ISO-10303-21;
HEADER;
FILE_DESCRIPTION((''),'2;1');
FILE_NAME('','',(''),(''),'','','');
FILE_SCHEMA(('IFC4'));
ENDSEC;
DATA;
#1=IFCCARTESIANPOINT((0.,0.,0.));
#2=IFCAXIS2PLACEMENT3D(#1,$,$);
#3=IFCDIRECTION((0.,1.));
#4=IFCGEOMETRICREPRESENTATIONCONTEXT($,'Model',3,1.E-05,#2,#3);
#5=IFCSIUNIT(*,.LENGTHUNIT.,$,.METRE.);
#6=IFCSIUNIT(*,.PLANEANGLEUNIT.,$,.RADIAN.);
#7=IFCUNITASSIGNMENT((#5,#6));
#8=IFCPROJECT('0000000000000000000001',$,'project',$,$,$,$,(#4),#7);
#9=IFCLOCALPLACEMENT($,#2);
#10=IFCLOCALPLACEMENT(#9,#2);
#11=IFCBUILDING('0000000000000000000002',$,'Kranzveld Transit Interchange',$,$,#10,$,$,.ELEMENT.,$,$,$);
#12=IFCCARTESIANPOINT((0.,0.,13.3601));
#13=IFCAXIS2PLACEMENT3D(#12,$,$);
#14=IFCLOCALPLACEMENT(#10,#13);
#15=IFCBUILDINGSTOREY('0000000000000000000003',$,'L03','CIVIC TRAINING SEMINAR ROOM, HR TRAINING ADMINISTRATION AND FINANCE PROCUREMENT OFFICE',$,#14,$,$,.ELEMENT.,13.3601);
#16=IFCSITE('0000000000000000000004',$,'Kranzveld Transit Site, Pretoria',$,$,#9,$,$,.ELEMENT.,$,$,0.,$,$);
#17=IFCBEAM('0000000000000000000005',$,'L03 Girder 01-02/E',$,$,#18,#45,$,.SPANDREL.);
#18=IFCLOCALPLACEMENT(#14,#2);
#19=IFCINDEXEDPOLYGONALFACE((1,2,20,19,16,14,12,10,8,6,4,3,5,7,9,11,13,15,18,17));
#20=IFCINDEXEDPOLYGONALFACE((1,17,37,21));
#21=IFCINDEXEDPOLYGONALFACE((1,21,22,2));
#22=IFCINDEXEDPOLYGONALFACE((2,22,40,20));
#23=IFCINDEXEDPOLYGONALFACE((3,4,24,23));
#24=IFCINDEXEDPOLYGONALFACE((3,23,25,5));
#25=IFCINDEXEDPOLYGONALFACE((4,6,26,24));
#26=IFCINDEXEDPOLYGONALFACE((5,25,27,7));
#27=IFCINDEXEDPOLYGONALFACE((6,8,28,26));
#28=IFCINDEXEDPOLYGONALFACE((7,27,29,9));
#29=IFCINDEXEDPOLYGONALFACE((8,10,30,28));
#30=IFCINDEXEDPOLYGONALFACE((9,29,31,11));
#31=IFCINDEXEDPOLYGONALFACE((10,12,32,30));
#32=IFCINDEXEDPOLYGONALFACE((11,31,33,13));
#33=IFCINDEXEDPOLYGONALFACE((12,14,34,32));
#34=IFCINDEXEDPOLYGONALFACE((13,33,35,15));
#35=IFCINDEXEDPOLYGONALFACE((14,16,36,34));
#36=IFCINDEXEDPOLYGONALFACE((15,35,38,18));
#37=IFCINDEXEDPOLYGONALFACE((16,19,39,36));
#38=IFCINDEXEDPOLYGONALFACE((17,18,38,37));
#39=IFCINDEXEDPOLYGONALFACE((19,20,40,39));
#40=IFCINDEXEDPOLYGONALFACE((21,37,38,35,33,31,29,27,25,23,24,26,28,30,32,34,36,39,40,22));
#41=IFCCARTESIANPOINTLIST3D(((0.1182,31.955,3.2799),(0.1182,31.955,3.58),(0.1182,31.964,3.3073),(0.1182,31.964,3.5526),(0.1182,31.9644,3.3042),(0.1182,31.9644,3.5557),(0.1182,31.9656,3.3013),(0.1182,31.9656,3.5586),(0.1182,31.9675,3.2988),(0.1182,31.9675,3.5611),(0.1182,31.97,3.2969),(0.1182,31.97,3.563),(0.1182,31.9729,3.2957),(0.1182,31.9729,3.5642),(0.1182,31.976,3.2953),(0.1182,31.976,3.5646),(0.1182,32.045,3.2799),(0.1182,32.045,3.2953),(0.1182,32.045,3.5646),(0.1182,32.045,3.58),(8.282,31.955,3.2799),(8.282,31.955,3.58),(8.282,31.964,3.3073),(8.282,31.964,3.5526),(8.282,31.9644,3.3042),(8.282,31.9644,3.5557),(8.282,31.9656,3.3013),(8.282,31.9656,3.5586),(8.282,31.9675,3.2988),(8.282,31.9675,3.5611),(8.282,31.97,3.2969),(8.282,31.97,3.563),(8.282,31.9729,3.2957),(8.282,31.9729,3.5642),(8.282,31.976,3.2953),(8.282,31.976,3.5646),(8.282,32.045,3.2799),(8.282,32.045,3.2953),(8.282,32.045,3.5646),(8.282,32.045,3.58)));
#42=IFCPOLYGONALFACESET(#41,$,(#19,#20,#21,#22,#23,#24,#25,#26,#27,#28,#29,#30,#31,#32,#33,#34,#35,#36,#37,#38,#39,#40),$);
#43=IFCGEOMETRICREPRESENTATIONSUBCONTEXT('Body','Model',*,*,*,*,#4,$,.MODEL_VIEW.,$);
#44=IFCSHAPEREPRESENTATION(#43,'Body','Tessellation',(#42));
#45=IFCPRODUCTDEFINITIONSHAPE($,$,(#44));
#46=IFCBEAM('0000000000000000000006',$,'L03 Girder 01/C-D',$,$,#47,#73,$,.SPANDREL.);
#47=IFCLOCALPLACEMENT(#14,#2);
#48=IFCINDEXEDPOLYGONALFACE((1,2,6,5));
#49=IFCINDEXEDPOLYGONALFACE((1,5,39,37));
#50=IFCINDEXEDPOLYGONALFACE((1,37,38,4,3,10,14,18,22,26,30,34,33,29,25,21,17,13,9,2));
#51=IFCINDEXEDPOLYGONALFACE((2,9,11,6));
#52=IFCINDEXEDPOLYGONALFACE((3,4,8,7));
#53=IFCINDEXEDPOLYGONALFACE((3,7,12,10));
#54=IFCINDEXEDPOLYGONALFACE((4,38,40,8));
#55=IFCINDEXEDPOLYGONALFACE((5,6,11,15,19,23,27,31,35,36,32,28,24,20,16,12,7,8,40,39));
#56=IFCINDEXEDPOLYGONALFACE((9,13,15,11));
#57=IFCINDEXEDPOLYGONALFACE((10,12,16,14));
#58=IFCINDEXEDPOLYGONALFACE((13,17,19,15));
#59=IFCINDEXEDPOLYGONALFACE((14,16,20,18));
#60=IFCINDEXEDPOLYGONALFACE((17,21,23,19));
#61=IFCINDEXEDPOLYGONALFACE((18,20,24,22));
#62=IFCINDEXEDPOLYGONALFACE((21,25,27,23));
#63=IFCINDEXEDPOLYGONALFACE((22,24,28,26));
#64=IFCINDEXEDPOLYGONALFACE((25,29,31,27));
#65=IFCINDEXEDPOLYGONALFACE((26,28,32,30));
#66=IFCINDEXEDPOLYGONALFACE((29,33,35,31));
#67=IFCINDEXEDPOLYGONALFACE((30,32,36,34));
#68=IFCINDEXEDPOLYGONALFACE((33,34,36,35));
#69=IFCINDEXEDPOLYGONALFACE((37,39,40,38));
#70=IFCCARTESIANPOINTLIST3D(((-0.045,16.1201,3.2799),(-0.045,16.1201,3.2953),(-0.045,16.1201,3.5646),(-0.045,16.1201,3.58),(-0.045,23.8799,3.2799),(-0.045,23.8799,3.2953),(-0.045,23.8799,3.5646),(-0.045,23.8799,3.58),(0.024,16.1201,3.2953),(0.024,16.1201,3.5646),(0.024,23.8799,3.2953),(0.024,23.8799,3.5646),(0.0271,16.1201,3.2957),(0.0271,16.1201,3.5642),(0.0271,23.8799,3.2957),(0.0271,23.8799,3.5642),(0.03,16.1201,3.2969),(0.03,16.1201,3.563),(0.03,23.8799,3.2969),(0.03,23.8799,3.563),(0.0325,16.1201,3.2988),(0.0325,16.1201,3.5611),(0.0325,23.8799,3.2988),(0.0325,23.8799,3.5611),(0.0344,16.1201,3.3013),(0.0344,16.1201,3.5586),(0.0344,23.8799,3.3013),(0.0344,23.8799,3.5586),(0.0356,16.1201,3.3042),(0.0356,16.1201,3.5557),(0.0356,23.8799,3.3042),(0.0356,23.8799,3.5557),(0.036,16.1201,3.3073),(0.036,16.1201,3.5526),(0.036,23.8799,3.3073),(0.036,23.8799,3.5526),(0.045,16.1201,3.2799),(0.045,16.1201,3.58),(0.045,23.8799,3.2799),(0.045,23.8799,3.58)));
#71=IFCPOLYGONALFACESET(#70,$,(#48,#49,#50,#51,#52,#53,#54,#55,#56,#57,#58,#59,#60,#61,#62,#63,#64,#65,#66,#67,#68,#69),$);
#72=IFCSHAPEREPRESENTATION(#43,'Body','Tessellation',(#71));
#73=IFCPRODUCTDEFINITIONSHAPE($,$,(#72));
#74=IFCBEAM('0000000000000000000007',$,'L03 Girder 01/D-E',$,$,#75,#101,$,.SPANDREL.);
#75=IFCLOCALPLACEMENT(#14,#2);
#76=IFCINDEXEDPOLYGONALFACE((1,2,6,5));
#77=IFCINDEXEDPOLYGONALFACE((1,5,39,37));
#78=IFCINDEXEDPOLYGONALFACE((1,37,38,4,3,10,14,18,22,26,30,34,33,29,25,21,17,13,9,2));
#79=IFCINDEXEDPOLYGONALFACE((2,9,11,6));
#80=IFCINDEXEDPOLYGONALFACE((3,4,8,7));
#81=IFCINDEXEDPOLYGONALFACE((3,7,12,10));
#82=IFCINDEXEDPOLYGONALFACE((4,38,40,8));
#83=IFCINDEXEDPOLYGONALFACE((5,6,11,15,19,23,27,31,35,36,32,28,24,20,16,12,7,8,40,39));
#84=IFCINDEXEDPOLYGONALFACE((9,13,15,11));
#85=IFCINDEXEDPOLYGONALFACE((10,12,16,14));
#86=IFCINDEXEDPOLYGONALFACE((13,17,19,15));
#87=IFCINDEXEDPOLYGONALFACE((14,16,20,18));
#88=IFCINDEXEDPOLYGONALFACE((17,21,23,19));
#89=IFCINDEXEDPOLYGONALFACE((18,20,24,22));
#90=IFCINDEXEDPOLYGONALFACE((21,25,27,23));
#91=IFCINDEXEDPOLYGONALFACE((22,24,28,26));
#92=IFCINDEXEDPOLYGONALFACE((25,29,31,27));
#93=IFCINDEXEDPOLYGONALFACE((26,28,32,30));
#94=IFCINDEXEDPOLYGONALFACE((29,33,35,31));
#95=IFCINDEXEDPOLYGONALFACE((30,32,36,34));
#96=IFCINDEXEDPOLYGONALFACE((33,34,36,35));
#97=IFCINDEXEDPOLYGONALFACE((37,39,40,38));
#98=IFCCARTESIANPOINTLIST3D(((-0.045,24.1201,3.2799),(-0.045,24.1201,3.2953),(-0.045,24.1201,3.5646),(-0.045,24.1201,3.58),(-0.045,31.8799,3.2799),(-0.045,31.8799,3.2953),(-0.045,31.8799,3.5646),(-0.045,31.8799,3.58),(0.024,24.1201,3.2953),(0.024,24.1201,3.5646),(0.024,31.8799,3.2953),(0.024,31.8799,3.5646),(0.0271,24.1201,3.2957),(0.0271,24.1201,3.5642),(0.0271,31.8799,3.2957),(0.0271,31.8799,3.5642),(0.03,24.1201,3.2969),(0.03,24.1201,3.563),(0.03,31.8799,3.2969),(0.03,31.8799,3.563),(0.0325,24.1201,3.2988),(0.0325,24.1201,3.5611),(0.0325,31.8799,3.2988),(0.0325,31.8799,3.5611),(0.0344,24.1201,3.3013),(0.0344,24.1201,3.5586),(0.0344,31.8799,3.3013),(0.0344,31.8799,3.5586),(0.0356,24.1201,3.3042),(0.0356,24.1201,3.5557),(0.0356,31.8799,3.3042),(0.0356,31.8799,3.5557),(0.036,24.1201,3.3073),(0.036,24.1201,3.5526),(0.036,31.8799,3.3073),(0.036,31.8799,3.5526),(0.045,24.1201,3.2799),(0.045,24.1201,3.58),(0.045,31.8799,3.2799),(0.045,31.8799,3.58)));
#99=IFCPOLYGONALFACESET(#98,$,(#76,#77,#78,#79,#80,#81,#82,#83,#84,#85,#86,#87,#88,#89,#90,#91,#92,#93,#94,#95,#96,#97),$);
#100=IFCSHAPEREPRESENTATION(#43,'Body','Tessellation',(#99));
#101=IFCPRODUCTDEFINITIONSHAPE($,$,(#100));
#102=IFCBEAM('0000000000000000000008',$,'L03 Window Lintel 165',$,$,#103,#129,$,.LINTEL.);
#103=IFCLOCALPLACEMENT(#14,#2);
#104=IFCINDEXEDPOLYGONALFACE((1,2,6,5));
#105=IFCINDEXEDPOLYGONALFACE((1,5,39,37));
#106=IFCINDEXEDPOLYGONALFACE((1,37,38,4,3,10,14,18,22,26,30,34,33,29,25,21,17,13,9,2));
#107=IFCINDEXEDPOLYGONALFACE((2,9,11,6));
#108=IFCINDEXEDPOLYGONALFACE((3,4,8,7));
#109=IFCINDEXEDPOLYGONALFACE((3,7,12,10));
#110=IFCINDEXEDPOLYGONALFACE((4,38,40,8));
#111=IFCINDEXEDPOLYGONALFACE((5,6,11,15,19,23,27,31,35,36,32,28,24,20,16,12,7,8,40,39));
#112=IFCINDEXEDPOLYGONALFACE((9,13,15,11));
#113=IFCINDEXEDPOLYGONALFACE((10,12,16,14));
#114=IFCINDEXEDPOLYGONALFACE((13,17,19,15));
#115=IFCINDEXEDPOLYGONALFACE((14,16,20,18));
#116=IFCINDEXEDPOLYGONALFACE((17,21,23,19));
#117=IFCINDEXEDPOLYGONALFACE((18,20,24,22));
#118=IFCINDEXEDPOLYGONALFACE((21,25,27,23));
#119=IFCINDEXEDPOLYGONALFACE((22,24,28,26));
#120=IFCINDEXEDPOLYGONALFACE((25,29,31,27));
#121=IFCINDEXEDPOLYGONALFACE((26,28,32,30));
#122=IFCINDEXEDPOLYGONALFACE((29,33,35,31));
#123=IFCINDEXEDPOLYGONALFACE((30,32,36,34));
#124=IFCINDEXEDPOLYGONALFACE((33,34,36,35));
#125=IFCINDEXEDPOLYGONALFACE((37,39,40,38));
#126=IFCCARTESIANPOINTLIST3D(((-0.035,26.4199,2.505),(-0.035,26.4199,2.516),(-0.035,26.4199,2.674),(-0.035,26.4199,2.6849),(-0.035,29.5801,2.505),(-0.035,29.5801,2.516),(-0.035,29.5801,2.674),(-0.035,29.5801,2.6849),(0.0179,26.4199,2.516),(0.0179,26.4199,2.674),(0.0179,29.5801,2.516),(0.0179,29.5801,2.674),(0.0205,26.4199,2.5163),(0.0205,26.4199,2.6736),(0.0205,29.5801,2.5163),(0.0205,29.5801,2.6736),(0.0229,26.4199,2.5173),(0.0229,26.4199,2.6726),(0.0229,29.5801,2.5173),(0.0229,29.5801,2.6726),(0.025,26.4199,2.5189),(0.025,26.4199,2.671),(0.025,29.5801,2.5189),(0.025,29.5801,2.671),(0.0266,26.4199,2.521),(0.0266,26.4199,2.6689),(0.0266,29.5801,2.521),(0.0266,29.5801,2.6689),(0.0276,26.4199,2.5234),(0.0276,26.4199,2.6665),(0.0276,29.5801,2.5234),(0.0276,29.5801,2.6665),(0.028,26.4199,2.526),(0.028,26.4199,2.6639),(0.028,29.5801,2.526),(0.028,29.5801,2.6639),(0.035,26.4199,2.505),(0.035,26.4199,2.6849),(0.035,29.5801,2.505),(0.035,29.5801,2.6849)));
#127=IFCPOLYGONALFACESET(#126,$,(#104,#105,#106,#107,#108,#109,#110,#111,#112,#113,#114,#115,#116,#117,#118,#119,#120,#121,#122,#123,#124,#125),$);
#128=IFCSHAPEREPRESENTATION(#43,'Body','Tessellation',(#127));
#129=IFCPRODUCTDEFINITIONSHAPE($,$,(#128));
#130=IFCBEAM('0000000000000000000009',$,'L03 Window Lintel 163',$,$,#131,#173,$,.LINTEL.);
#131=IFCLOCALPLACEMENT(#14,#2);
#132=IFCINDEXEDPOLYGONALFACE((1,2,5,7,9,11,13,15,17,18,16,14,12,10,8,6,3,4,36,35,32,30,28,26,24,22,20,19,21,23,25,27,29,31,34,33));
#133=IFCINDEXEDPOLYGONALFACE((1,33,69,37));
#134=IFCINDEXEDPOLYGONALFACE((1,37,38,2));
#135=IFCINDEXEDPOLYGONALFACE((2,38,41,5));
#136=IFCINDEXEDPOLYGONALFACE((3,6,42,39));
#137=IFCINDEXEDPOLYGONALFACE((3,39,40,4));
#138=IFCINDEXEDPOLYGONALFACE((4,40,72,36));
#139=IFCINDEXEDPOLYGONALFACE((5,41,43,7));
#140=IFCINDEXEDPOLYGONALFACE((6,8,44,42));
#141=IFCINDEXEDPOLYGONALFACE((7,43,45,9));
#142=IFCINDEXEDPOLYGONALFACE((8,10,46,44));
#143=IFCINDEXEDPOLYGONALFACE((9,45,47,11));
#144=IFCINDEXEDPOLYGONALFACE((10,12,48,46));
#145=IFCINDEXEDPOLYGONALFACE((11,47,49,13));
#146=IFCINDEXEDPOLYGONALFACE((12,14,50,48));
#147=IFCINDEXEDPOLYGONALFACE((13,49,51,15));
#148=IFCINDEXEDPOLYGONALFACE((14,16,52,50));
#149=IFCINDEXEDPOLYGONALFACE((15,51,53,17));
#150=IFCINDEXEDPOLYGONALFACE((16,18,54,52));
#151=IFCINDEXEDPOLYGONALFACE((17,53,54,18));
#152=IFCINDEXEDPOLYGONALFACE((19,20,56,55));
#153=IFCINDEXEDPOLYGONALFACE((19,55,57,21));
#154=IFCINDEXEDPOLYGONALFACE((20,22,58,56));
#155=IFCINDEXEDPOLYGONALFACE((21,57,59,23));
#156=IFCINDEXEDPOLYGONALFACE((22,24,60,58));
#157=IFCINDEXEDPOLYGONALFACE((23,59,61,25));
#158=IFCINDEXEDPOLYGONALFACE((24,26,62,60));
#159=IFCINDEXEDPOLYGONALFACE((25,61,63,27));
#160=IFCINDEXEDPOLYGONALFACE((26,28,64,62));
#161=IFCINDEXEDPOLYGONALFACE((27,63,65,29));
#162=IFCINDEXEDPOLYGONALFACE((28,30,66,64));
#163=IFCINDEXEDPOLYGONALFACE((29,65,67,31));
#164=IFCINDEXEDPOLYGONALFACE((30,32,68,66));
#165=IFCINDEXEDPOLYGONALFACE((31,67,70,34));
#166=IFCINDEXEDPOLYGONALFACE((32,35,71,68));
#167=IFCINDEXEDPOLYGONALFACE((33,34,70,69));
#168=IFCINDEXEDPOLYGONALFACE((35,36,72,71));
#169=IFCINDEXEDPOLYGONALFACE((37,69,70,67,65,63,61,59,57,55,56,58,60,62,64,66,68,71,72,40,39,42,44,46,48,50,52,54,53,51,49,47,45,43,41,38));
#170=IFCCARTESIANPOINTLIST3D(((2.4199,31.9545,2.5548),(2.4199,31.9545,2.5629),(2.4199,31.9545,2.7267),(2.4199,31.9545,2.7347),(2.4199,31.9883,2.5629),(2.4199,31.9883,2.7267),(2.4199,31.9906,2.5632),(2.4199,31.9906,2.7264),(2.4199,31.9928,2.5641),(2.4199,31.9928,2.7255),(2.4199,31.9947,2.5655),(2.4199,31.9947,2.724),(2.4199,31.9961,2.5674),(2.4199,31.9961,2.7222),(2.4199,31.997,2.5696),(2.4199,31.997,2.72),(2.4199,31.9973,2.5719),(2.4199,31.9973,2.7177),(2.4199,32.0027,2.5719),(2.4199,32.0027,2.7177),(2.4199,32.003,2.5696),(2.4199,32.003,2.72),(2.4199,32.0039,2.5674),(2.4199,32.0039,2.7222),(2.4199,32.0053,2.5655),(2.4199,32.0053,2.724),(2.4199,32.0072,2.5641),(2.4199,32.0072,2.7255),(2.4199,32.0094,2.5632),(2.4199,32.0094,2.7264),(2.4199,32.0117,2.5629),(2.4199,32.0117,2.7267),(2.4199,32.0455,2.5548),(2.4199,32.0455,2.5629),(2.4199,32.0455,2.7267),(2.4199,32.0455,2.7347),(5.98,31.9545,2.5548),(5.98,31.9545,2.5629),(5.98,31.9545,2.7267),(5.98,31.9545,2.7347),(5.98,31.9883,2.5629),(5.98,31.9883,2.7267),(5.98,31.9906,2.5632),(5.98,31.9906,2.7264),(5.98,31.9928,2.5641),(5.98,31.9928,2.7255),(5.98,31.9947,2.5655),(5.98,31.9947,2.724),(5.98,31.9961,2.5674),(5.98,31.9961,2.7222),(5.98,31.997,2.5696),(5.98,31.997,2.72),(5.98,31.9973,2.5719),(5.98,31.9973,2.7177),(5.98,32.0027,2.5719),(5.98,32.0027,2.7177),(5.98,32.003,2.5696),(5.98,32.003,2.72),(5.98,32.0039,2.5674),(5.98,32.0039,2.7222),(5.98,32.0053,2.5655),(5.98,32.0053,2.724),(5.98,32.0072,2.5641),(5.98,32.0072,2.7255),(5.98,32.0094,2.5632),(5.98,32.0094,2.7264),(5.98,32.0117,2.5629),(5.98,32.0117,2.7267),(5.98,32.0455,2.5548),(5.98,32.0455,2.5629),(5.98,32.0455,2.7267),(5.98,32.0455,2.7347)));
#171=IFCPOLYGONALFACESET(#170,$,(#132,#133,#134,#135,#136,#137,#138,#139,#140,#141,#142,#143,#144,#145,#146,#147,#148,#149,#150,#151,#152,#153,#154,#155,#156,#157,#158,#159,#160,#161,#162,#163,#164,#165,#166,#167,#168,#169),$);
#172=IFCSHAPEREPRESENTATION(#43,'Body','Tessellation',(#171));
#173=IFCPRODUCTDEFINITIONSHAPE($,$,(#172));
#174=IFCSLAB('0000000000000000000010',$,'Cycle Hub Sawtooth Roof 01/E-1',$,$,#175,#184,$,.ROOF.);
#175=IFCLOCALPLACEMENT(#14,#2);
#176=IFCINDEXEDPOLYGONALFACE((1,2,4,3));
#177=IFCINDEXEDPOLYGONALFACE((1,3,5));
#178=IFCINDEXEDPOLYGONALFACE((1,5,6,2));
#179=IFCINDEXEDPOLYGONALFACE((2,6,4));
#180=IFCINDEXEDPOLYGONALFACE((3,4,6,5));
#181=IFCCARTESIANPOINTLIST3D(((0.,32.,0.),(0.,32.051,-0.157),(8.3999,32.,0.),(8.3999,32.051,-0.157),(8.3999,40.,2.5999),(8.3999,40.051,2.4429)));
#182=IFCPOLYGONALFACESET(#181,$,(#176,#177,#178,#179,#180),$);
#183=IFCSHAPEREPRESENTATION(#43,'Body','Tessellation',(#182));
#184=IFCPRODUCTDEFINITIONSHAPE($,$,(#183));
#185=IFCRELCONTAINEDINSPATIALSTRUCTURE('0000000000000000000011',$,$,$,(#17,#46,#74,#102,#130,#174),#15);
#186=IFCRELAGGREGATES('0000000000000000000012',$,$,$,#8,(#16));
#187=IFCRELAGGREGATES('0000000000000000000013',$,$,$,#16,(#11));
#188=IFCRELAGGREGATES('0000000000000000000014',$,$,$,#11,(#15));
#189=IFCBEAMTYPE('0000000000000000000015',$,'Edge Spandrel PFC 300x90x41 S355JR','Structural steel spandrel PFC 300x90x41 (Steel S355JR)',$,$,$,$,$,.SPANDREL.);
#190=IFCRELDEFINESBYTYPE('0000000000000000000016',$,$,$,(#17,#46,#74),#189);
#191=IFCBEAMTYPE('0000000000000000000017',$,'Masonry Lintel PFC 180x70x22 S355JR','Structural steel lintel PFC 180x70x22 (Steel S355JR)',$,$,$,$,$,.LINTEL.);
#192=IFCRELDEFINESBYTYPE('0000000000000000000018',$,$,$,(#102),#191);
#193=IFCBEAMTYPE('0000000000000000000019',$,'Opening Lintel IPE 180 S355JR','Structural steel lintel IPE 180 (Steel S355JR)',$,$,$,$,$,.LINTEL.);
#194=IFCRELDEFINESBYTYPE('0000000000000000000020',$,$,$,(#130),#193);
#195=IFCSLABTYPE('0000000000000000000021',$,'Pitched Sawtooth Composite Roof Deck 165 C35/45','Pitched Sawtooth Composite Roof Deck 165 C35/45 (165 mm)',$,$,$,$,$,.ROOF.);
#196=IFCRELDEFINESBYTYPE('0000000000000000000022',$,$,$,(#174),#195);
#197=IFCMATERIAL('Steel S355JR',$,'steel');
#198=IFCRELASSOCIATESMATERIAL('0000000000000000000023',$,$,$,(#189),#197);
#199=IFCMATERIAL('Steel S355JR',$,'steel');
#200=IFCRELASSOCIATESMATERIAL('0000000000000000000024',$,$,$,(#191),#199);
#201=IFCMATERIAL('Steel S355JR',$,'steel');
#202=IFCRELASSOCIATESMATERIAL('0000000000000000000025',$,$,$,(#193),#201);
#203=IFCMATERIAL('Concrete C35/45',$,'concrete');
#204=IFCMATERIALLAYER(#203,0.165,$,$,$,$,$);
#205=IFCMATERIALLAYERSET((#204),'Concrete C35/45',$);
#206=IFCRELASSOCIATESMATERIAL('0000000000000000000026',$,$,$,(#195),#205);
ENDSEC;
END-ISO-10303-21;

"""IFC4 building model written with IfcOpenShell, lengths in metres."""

from ifc_helpers import new_model, si_unit, direction, frame, origin, origin_2d, place, context, subcontext, project, spatial, polyline, i_section, u_section, outline, extrude, material, layer, layer_set, material_profile, profile_set, type_object, element, save


model = new_model("IFC4")

# Units and contexts
model_context = context("Model", 3, precision=1e-05, world=origin(), true_north=direction((0.0, 1.0)))
body_context = subcontext(model_context, "Body", "Model", "MODEL_VIEW")
ifc_project = project(units=[si_unit("LENGTHUNIT", "METRE"), si_unit("PLANEANGLEUNIT", "RADIAN")], contexts=[model_context])

# Site, building, storey
site_placement = place(None, origin())
site = spatial("IfcSite", under=ifc_project, at=site_placement, Name="Kranzveld Transit Site, Pretoria", CompositionType="ELEMENT", RefElevation=0.0)
building_placement = place(site_placement, origin())
building = spatial("IfcBuilding", under=site, at=building_placement, Name="Kranzveld Transit Interchange", CompositionType="ELEMENT")
storey_placement = place(building_placement, frame((0.0, 0.0, 13.3601)))
storey = spatial("IfcBuildingStorey", under=building, at=storey_placement, Name="L03", Description="CIVIC TRAINING SEMINAR ROOM, HR TRAINING ADMINISTRATION AND FINANCE PROCUREMENT OFFICE", CompositionType="ELEMENT", Elevation=13.3601)

# Beams
ifc_material_1 = material(Name="Steel S355JR", Category="steel")
ifc_material_profile_1 = material_profile(ifc_material_1, u_section(Depth=0.3, FlangeWidth=0.0901, WebThickness=0.009, FlangeThickness=0.0154, FilletRadius=0.012, at=origin_2d()), Name="PFC 300x90x41")
ifc_profile_set_1 = profile_set([ifc_material_profile_1], Name="Steel S355JR")
beam_type_1 = type_object("IfcBeamType", Name="Edge Spandrel PFC 300x90x41 S355JR", Description="Structural steel spandrel PFC 300x90x41 (Steel S355JR)", PredefinedType="SPANDREL", material=ifc_profile_set_1)
beam_1_placement = place(storey_placement, frame((0.1182, 32.0, 3.4299), z_axis=(1.0, 0.0, 0.0), x_axis=(0.0, 1.0, 0.0)))
element("IfcBeam", 1, at=beam_1_placement, inside=storey, type_object=beam_type_1, Name="L03 Girder 01-02/E", PredefinedType="SPANDREL", context=body_context, shape_type="SweptSolid", body=[
    extrude(u_section(Depth=0.3, FlangeWidth=0.0901, WebThickness=0.009, FlangeThickness=0.0154, FilletRadius=0.012, at=origin_2d()), origin(), (0.0, 0.0, 1.0), 8.1638),
])
for number, where, z_axis, x_axis, name in (
    (2, (0.0, 16.1201, 3.4299), (0.0, 1.0, 0.0), (-1.0, 0.0, 0.0), "L03 Girder 01/C-D"),
    (3, (0.0, 24.1201, 3.4299), (0.0, 1.0, 0.0), (-1.0, 0.0, 0.0), "L03 Girder 01/D-E"),
):
    element("IfcBeam", number, at=place(storey_placement, frame(where, z_axis=z_axis, x_axis=x_axis)), inside=storey, type_object=beam_type_1, Name=name, PredefinedType="SPANDREL", context=body_context, shape_type="SweptSolid", body=[
        extrude(u_section(Depth=0.3, FlangeWidth=0.0901, WebThickness=0.009, FlangeThickness=0.0154, FilletRadius=0.012, at=origin_2d()), origin(), (0.0, 0.0, 1.0), 7.7598),
    ])
ifc_material_2 = material(Name="Steel S355JR", Category="steel")
ifc_material_profile_2 = material_profile(ifc_material_2, u_section(Depth=0.1799, FlangeWidth=0.0701, WebThickness=0.0071, FlangeThickness=0.011, FilletRadius=0.01, at=origin_2d()), Name="PFC 180x70x22")
ifc_profile_set_2 = profile_set([ifc_material_profile_2], Name="Steel S355JR")
beam_type_2 = type_object("IfcBeamType", Name="Masonry Lintel PFC 180x70x22 S355JR", Description="Structural steel lintel PFC 180x70x22 (Steel S355JR)", PredefinedType="LINTEL", material=ifc_profile_set_2)
beam_2_placement = place(storey_placement, frame((0.0, 26.4199, 2.595), z_axis=(0.0, 1.0, 0.0), x_axis=(-1.0, 0.0, 0.0)))
element("IfcBeam", 4, at=beam_2_placement, inside=storey, type_object=beam_type_2, Name="L03 Window Lintel 165", PredefinedType="LINTEL", context=body_context, shape_type="SweptSolid", body=[
    extrude(u_section(Depth=0.1799, FlangeWidth=0.0701, WebThickness=0.0071, FlangeThickness=0.011, FilletRadius=0.01, at=origin_2d()), origin(), (0.0, 0.0, 1.0), 3.1602),
])
ifc_material_3 = material(Name="Steel S355JR", Category="steel")
ifc_material_profile_3 = material_profile(ifc_material_3, i_section(OverallWidth=0.0911, OverallDepth=0.1799, WebThickness=0.0054, FlangeThickness=0.0081, FilletRadius=0.009, at=origin_2d()), Name="IPE 180")
ifc_profile_set_3 = profile_set([ifc_material_profile_3], Name="Steel S355JR")
beam_type_3 = type_object("IfcBeamType", Name="Opening Lintel IPE 180 S355JR", Description="Structural steel lintel IPE 180 (Steel S355JR)", PredefinedType="LINTEL", material=ifc_profile_set_3)
beam_3_placement = place(storey_placement, frame((2.4199, 32.0, 2.6448), z_axis=(1.0, 0.0, 0.0), x_axis=(0.0, 1.0, 0.0)))
element("IfcBeam", 5, at=beam_3_placement, inside=storey, type_object=beam_type_3, Name="L03 Window Lintel 163", PredefinedType="LINTEL", context=body_context, shape_type="SweptSolid", body=[
    extrude(i_section(OverallWidth=0.0911, OverallDepth=0.1799, WebThickness=0.0054, FlangeThickness=0.0081, FilletRadius=0.009, at=origin_2d()), origin(), (0.0, 0.0, 1.0), 3.5601),
])

# Slab
ifc_material_4 = material(Name="Concrete C35/45", Category="concrete")
ifc_layer_1 = layer(ifc_material_4, 0.165)
ifc_layer_set_1 = layer_set([ifc_layer_1], Name="Concrete C35/45")
slab_type = type_object("IfcSlabType", Name="Pitched Sawtooth Composite Roof Deck 165 C35/45", Description="Pitched Sawtooth Composite Roof Deck 165 C35/45 (165 mm)", PredefinedType="ROOF", material=ifc_layer_set_1)
slab_1_placement = place(storey_placement, frame((0.0, 32.0, 0.0), z_axis=(0.0, -0.30907, 0.951039), x_axis=(1.0, 0.0, 0.0)))
element("IfcSlab", 6, at=slab_1_placement, inside=storey, type_object=slab_type, Name="Cycle Hub Sawtooth Roof 01/E-1", PredefinedType="ROOF", context=body_context, shape_type="SweptSolid", body=[
    extrude(outline(polyline([(0.0, 0.0), (8.3999, 0.0), (8.3999, 8.4119), (0.0, 0.0)])), origin(), (0.0, 0.0, -1.0), 0.165),
])

save(model, "model.ifc")
